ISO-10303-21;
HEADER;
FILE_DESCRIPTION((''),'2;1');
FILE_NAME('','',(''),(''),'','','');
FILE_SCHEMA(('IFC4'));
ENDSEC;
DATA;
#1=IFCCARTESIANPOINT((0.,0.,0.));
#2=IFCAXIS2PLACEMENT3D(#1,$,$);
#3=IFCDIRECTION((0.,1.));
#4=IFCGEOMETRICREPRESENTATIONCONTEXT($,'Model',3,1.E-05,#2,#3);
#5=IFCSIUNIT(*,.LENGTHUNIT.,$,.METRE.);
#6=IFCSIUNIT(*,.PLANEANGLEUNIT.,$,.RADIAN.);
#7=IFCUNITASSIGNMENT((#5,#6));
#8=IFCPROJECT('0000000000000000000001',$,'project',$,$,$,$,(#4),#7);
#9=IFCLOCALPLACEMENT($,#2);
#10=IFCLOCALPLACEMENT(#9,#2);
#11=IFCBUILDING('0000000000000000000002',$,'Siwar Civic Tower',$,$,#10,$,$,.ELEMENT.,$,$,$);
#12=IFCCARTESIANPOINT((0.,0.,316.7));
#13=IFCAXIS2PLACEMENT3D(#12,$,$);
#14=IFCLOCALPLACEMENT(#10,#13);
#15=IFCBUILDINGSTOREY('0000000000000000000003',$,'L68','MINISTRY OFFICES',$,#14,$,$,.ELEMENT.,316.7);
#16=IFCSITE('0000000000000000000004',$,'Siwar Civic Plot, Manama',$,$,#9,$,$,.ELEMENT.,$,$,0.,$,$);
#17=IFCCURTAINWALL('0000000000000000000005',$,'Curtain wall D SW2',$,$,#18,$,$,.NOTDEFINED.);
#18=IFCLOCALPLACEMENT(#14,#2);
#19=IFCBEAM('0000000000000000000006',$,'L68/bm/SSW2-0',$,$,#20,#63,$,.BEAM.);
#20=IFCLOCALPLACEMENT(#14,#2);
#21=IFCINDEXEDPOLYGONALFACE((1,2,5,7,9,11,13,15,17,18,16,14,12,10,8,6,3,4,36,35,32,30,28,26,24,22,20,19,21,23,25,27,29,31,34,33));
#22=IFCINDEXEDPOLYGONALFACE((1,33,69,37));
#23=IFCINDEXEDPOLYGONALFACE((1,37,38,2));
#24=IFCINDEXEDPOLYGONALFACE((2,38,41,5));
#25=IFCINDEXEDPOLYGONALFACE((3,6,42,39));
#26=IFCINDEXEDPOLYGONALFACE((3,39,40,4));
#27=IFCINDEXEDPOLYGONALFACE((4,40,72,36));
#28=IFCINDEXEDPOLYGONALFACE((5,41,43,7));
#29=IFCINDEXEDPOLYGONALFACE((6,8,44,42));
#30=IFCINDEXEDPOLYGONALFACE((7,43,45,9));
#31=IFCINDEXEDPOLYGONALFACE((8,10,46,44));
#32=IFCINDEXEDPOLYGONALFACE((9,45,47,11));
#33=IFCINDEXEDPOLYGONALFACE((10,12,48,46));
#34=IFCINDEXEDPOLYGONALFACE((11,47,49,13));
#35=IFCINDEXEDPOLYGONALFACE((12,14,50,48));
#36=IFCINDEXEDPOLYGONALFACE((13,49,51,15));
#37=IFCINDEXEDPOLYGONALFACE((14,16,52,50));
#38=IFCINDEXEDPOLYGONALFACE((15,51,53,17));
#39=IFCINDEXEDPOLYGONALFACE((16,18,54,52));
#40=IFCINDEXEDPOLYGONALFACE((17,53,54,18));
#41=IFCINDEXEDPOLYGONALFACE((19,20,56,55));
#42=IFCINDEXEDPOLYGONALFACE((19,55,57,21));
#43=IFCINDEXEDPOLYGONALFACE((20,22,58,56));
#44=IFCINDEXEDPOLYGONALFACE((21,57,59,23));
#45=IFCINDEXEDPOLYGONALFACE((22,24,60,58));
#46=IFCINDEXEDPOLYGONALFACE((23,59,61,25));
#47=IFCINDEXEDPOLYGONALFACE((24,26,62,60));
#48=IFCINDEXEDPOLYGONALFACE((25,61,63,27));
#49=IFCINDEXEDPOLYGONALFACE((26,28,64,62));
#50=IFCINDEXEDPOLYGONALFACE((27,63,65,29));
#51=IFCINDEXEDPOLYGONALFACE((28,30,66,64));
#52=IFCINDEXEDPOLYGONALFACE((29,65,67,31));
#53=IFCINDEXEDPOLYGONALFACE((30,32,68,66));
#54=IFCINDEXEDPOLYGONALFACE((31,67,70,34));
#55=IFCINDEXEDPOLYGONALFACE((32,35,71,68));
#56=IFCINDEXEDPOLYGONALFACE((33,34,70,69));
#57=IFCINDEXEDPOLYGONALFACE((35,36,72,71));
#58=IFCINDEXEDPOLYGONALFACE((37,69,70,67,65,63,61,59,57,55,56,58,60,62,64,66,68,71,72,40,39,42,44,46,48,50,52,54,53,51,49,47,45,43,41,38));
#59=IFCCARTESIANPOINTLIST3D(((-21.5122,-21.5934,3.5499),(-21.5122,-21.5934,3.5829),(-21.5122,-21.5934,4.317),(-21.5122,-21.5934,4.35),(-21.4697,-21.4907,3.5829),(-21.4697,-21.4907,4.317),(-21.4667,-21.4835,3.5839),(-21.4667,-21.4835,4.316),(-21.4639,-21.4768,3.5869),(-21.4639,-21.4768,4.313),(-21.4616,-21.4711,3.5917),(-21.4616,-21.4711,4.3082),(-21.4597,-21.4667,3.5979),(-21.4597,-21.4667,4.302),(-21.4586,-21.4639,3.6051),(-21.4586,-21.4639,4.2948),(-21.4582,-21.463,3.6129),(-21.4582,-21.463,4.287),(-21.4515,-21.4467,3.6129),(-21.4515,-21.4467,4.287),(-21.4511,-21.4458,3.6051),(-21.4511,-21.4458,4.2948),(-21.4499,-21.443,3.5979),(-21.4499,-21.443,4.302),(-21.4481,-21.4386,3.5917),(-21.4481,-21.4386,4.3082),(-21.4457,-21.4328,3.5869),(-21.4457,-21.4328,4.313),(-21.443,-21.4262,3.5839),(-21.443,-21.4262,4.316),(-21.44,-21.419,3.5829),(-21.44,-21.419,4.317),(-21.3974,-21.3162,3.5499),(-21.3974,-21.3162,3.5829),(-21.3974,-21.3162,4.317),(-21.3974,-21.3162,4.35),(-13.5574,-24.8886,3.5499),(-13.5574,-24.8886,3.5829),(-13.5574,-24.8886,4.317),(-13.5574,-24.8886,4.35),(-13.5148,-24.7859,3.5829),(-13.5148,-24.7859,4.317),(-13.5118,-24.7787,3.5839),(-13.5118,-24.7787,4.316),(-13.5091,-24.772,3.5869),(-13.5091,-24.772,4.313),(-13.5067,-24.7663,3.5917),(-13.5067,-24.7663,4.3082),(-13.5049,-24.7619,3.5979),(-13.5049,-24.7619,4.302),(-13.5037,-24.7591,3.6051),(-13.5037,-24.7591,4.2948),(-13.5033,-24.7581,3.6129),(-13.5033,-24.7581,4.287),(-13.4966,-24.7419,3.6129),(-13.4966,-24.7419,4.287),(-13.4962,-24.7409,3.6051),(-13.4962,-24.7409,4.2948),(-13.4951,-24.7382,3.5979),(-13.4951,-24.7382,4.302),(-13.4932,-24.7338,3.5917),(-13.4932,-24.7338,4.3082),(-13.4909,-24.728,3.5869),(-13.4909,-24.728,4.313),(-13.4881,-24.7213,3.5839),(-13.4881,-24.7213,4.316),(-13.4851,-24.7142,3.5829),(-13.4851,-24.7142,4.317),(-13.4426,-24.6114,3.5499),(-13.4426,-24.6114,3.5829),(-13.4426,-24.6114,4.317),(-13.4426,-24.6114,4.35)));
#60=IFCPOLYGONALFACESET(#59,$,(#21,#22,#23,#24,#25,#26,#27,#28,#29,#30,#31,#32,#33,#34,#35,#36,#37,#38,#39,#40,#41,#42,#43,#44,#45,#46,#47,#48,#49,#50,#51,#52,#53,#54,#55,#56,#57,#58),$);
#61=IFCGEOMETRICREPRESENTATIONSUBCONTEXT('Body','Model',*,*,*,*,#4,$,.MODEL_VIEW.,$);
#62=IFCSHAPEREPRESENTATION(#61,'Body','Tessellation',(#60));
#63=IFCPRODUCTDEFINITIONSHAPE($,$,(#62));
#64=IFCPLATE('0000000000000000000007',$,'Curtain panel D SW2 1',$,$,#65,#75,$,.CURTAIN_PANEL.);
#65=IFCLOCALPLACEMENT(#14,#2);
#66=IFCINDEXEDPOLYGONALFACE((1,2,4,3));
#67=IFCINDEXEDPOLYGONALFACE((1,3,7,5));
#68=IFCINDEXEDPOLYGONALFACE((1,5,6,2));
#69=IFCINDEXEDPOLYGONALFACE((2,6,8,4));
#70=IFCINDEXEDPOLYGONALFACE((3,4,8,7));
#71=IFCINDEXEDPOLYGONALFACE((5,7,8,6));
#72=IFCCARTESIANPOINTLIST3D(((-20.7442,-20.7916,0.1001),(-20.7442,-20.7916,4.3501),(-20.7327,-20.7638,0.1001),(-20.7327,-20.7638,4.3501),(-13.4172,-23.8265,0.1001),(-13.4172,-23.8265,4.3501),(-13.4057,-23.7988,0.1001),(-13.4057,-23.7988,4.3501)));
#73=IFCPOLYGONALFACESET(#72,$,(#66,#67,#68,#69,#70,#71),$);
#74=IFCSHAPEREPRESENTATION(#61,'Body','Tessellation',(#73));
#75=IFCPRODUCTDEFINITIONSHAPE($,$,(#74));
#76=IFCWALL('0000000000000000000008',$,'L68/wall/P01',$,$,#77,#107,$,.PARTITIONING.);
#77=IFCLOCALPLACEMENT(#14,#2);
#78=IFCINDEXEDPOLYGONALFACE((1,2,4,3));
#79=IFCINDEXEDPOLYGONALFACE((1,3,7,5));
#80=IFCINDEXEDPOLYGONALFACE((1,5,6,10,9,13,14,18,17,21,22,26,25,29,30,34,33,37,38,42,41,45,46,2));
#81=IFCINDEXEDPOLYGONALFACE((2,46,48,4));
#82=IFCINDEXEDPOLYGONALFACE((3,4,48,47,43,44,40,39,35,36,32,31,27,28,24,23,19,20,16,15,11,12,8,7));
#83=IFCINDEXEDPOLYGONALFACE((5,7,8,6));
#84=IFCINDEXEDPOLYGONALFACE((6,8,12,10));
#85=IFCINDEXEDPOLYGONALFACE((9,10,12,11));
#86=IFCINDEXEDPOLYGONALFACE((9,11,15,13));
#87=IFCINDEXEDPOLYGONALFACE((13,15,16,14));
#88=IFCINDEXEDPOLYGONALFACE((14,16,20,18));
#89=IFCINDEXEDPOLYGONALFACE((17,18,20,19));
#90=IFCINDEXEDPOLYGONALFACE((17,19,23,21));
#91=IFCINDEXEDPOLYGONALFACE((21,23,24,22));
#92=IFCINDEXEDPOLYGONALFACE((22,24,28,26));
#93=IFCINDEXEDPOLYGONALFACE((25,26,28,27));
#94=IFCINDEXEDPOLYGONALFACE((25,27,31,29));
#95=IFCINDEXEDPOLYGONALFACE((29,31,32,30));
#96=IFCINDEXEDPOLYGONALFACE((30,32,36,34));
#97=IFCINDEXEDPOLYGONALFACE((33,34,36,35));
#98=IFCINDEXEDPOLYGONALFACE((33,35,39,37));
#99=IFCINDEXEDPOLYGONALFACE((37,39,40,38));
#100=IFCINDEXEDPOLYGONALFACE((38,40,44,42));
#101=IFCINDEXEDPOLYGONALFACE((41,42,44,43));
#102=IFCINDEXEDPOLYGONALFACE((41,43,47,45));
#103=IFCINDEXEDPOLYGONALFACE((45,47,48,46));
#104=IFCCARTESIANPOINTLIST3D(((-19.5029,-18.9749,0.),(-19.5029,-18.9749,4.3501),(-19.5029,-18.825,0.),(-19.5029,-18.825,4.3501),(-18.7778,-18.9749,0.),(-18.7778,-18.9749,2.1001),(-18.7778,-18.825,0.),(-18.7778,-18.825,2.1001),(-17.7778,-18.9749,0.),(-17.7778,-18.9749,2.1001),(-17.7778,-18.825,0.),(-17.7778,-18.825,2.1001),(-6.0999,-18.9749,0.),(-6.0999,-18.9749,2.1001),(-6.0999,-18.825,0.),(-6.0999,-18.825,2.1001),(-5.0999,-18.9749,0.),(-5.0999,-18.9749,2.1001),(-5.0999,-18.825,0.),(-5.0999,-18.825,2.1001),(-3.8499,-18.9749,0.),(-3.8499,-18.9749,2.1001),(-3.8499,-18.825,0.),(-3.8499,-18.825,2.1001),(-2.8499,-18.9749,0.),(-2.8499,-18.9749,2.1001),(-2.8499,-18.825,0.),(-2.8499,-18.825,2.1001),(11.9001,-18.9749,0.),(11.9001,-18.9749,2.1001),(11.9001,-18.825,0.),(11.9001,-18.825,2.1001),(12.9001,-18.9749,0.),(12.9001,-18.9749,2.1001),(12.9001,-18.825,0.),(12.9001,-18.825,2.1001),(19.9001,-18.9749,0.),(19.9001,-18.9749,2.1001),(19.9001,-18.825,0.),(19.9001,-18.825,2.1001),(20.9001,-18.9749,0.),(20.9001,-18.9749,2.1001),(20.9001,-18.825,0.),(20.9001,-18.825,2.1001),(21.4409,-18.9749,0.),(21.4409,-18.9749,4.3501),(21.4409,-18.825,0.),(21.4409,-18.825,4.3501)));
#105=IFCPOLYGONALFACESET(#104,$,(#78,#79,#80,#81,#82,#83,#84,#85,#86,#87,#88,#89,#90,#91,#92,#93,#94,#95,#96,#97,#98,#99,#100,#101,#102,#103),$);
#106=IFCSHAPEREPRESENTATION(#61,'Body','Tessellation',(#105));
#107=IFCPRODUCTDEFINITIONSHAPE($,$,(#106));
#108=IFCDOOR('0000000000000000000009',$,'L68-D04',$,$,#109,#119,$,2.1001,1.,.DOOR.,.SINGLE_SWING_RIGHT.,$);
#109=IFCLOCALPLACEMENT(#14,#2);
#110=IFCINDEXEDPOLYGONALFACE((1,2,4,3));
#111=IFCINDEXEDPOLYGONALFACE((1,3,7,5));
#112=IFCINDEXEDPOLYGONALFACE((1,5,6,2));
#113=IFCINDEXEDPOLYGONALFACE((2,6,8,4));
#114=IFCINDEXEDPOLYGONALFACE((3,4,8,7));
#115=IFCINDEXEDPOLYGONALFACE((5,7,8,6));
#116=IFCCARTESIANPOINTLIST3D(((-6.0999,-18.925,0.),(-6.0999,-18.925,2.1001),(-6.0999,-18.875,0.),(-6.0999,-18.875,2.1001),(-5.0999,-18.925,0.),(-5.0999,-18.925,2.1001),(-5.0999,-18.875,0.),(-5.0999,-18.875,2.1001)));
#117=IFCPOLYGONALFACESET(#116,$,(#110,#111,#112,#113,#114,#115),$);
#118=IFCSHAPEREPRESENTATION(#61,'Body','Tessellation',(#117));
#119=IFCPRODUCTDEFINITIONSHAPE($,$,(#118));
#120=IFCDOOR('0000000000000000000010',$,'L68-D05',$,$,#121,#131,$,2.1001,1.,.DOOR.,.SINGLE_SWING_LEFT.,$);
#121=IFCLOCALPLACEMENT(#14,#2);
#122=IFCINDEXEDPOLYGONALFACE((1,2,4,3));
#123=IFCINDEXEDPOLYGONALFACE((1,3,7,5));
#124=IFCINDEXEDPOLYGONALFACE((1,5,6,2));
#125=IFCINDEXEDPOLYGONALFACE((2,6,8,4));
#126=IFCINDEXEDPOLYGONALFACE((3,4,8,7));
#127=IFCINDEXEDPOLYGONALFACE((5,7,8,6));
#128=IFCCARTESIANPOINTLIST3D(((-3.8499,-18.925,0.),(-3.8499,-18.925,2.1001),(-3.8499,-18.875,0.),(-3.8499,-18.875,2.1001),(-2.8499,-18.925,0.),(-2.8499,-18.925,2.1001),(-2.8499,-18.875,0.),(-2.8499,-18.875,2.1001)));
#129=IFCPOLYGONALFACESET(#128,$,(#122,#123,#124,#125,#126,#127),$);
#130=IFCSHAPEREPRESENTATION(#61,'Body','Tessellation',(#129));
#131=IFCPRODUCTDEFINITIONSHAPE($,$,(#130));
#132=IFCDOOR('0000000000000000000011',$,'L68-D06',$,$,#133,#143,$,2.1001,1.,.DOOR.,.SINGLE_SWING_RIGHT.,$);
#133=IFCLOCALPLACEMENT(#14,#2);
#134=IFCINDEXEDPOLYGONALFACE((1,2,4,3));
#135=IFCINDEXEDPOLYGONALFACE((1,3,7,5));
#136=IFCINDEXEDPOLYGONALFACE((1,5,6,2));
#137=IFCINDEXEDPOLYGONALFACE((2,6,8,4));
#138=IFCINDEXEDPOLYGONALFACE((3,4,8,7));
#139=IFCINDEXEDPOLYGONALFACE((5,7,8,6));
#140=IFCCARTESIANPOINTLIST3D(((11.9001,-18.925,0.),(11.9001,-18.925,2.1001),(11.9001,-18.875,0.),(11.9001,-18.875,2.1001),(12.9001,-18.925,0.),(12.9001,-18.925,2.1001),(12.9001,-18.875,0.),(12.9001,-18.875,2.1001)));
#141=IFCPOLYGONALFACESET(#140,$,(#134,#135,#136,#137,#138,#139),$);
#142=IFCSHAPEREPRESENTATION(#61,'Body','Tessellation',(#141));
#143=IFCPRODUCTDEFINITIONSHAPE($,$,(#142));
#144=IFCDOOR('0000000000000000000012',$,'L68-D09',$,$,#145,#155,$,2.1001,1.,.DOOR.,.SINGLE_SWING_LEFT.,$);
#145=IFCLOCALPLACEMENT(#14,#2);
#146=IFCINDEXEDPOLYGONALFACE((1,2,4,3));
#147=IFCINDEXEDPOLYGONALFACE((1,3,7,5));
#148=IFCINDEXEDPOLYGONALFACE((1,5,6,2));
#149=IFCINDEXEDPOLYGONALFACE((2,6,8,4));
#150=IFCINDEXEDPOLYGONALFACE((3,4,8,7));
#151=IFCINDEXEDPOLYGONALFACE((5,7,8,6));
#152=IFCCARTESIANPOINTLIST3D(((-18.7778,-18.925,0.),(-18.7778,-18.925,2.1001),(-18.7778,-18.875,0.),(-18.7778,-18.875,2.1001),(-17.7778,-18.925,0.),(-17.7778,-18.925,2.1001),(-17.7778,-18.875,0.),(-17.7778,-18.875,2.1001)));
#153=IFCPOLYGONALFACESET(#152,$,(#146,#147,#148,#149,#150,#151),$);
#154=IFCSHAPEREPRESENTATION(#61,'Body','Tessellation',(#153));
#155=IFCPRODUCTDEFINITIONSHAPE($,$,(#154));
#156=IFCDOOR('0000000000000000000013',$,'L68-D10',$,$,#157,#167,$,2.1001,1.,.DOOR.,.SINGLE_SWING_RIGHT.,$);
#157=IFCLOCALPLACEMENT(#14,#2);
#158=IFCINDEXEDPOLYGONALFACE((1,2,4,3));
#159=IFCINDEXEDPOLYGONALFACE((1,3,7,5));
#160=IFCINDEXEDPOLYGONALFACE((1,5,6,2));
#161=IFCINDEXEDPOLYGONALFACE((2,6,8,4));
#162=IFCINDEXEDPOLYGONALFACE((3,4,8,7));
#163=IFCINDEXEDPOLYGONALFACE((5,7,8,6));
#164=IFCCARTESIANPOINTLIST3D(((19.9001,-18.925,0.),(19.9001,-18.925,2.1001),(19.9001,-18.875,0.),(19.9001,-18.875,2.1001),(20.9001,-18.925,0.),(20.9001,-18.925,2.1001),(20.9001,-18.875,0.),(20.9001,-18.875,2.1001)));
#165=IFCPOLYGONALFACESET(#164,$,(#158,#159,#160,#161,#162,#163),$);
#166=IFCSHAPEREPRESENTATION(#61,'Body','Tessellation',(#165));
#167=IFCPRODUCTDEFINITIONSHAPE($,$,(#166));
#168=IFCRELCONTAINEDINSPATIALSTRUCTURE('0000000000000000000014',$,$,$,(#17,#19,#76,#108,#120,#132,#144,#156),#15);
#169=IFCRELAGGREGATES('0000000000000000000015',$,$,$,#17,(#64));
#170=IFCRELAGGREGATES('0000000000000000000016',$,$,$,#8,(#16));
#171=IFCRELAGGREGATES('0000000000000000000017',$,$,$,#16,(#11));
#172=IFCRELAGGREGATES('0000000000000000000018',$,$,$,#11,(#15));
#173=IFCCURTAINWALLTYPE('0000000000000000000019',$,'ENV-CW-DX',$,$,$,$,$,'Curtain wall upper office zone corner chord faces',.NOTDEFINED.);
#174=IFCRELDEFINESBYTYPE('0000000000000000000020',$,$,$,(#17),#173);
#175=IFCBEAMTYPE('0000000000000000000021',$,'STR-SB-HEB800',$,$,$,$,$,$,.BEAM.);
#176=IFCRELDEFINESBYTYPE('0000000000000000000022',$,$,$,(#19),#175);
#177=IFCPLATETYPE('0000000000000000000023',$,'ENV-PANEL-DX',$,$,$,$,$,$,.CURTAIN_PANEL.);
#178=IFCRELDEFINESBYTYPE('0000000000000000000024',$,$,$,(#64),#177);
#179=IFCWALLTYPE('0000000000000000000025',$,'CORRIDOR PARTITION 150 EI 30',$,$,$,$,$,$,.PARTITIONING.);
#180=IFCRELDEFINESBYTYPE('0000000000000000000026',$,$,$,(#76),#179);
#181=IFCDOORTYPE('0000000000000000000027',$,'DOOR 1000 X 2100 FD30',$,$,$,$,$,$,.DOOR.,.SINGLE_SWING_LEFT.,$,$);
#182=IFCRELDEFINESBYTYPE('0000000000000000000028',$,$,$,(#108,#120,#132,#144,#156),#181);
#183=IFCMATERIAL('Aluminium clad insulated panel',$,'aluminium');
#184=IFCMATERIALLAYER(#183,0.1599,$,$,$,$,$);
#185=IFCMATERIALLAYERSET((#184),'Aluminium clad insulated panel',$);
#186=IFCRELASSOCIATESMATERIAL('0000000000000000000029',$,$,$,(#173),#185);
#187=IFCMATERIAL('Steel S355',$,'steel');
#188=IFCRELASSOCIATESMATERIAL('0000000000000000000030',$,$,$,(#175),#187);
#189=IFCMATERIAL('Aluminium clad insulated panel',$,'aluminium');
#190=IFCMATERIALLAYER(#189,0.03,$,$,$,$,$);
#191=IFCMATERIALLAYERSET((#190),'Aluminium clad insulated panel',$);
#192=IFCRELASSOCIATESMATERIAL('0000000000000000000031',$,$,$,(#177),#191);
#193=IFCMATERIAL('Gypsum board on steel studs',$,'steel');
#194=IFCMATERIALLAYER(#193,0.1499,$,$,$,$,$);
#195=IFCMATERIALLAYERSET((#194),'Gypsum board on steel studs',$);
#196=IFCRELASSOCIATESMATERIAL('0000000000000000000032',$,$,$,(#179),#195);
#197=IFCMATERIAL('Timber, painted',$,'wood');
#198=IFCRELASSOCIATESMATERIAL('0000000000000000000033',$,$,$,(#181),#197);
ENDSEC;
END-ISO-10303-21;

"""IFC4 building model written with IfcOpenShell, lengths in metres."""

from ifc_helpers import new_model, si_unit, direction, frame, frame_2d, origin, origin_2d, place, context, subcontext, project, spatial, rectangle, i_section, extrude, material, layer, layer_set, material_profile, profile_set, type_object, element, fill, aggregate, save


model = new_model("IFC4")

# Units and contexts
model_context = context("Model", 3, precision=1e-05, world=origin(), true_north=direction((0.0, 1.0)))
body_context = subcontext(model_context, "Body", "Model", "MODEL_VIEW")
ifc_project = project(units=[si_unit("LENGTHUNIT", "METRE"), si_unit("PLANEANGLEUNIT", "RADIAN")], contexts=[model_context])

# Site, building, storey
site_placement = place(None, origin())
site = spatial("IfcSite", under=ifc_project, at=site_placement, Name="Siwar Civic Plot, Manama", CompositionType="ELEMENT", RefElevation=0.0)
building_placement = place(site_placement, origin())
building = spatial("IfcBuilding", under=site, at=building_placement, Name="Siwar Civic Tower", CompositionType="ELEMENT")
storey_placement = place(building_placement, frame((0.0, 0.0, 316.7)))
storey = spatial("IfcBuildingStorey", under=building, at=storey_placement, Name="L68", Description="MINISTRY OFFICES", CompositionType="ELEMENT", Elevation=316.7)

# Shared definitions
ifc_material_1 = material(Name="Aluminium clad insulated panel", Category="aluminium")
ifc_layer_1 = layer(ifc_material_1, 0.1599)
ifc_layer_set_1 = layer_set([ifc_layer_1], Name="Aluminium clad insulated panel")
curtain_wall_type = type_object("IfcCurtainWallType", Name="ENV-CW-DX", ElementType="Curtain wall upper office zone corner chord faces", PredefinedType="NOTDEFINED", material=ifc_layer_set_1)

# Curtain wall
curtain_wall_1_placement = place(storey_placement, origin())
curtain_wall_1 = element("IfcCurtainWall", 1, at=curtain_wall_1_placement, inside=storey, type_object=curtain_wall_type, Name="Curtain wall D SW2", PredefinedType="NOTDEFINED")

# Beam
ifc_material_2 = material(Name="Steel S355", Category="steel")
ifc_material_profile_1 = material_profile(ifc_material_2, i_section(OverallWidth=0.3, OverallDepth=0.8, WebThickness=0.0176, FlangeThickness=0.033, FilletRadius=0.03, at=origin_2d()), Name="HEB800")
ifc_profile_set_1 = profile_set([ifc_material_profile_1], Name="Steel S355")
beam_type_1 = type_object("IfcBeamType", Name="STR-SB-HEB800", PredefinedType="BEAM", material=ifc_profile_set_1)
beam_1_placement = place(storey_placement, frame((-21.4548, -21.4548, 3.95), z_axis=(0.923873, -0.3827, 0.0), x_axis=(0.3827, 0.923873, 0.0)))
element("IfcBeam", 2, at=beam_1_placement, inside=storey, type_object=beam_type_1, Name="L68/bm/SSW2-0", PredefinedType="BEAM", context=body_context, shape_type="SweptSolid", body=[
    extrude(i_section(OverallWidth=0.3, OverallDepth=0.8, WebThickness=0.0176, FlangeThickness=0.033, FilletRadius=0.03, at=origin_2d()), origin(), (0.0, 0.0, 1.0), 8.6104),
])

# Plate
ifc_material_3 = material(Name="Aluminium clad insulated panel", Category="aluminium")
ifc_layer_2 = layer(ifc_material_3, 0.03)
ifc_layer_set_2 = layer_set([ifc_layer_2], Name="Aluminium clad insulated panel")
plate_type = type_object("IfcPlateType", Name="ENV-PANEL-DX", PredefinedType="CURTAIN_PANEL", material=ifc_layer_set_2)
plate_placement = place(storey_placement, frame((-17.075, -22.2952, 0.1001), z_axis=(0.0, 0.0, 1.0), x_axis=(0.92388, -0.382683, 0.0)))
plate = element("IfcPlate", 3, at=plate_placement, type_object=plate_type, Name="Curtain panel D SW2 1", PredefinedType="CURTAIN_PANEL", context=body_context, shape_type="SweptSolid", body=[
    extrude(rectangle(XDim=7.9307, YDim=0.03, at=origin_2d()), origin(), (0.0, 0.0, 1.0), 4.25),
])
aggregate(curtain_wall_1, [plate])

# Wall, openings, doors
ifc_material_4 = material(Name="Gypsum board on steel studs", Category="steel")
ifc_layer_3 = layer(ifc_material_4, 0.1499)
ifc_layer_set_3 = layer_set([ifc_layer_3], Name="Gypsum board on steel studs")
wall_type_1 = type_object("IfcWallType", Name="CORRIDOR PARTITION 150 EI 30", PredefinedType="PARTITIONING", material=ifc_layer_set_3)
wall_1_placement = place(storey_placement, frame((-19.5029, -18.8999, 0.0), z_axis=(0.0, 0.0, 1.0), x_axis=(1.0, 0.0, 0.0)))
wall_1 = element("IfcWall", 4, at=wall_1_placement, inside=storey, type_object=wall_type_1, Name="L68/wall/P01", PredefinedType="PARTITIONING", context=body_context, shape_type="SweptSolid", body=[
    extrude(rectangle(XDim=40.9438, YDim=0.1499, at=frame_2d((20.4719, 0.0))), origin(), (0.0, 0.0, 1.0), 4.3501),
])
opening_1_placement = place(wall_1_placement, frame((13.4031, 0.0, 0.0)))
opening_1 = element("IfcOpeningElement", 5, at=opening_1_placement, cuts=wall_1, PredefinedType="OPENING", context=body_context, shape_type="SweptSolid", body=[
    extrude(rectangle(XDim=1.0, YDim=2.1001, at=frame_2d((0.5, 1.05))), frame((0.0, 0.085, 0.0), z_axis=(0.0, -1.0, 0.0), x_axis=(1.0, 0.0, 0.0)), (0.0, 0.0, 1.0), 0.1699),
])
opening_2_placement = place(wall_1_placement, frame((15.6531, 0.0, 0.0)))
opening_2 = element("IfcOpeningElement", 6, at=opening_2_placement, cuts=wall_1, PredefinedType="OPENING", context=body_context, shape_type="SweptSolid", body=[
    extrude(rectangle(XDim=1.0, YDim=2.1001, at=frame_2d((0.5, 1.05))), frame((0.0, 0.085, 0.0), z_axis=(0.0, -1.0, 0.0), x_axis=(1.0, 0.0, 0.0)), (0.0, 0.0, 1.0), 0.1699),
])
opening_3_placement = place(wall_1_placement, frame((31.4031, 0.0, 0.0)))
opening_3 = element("IfcOpeningElement", 7, at=opening_3_placement, cuts=wall_1, PredefinedType="OPENING", context=body_context, shape_type="SweptSolid", body=[
    extrude(rectangle(XDim=1.0, YDim=2.1001, at=frame_2d((0.5, 1.05))), frame((0.0, 0.085, 0.0), z_axis=(0.0, -1.0, 0.0), x_axis=(1.0, 0.0, 0.0)), (0.0, 0.0, 1.0), 0.1699),
])
opening_4_placement = place(wall_1_placement, frame((0.7251, 0.0, 0.0)))
opening_4 = element("IfcOpeningElement", 8, at=opening_4_placement, cuts=wall_1, PredefinedType="OPENING", context=body_context, shape_type="SweptSolid", body=[
    extrude(rectangle(XDim=1.0, YDim=2.1001, at=frame_2d((0.5, 1.05))), frame((0.0, 0.085, 0.0), z_axis=(0.0, -1.0, 0.0), x_axis=(1.0, 0.0, 0.0)), (0.0, 0.0, 1.0), 0.1699),
])
opening_5_placement = place(wall_1_placement, frame((39.4031, 0.0, 0.0)))
opening_5 = element("IfcOpeningElement", 9, at=opening_5_placement, cuts=wall_1, PredefinedType="OPENING", context=body_context, shape_type="SweptSolid", body=[
    extrude(rectangle(XDim=1.0, YDim=2.1001, at=frame_2d((0.5, 1.05))), frame((0.0, 0.085, 0.0), z_axis=(0.0, -1.0, 0.0), x_axis=(1.0, 0.0, 0.0)), (0.0, 0.0, 1.0), 0.1699),
])
ifc_material_5 = material(Name="Timber, painted", Category="wood")
door_type_1 = type_object("IfcDoorType", Name="DOOR 1000 X 2100 FD30", OperationType="SINGLE_SWING_LEFT", PredefinedType="DOOR", material=ifc_material_5)
door_1_placement = place(opening_1_placement, origin())
door_1 = element("IfcDoor", 10, at=door_1_placement, inside=storey, type_object=door_type_1, Name="L68-D04", OperationType="SINGLE_SWING_RIGHT", OverallHeight=2.1001, OverallWidth=1.0, PredefinedType="DOOR", context=body_context, shape_type="SweptSolid", body=[
    extrude(rectangle(XDim=1.0, YDim=2.1001, at=frame_2d((0.5, 1.05))), frame((0.0, 0.0249, 0.0), z_axis=(0.0, -1.0, 0.0), x_axis=(1.0, 0.0, 0.0)), (0.0, 0.0, 1.0), 0.05),
])
fill(opening_1, door_1)
door_2_placement = place(opening_2_placement, origin())
door_2 = element("IfcDoor", 11, at=door_2_placement, inside=storey, type_object=door_type_1, Name="L68-D05", OperationType="SINGLE_SWING_LEFT", OverallHeight=2.1001, OverallWidth=1.0, PredefinedType="DOOR", context=body_context, shape_type="SweptSolid", body=[
    extrude(rectangle(XDim=1.0, YDim=2.1001, at=frame_2d((0.5, 1.05))), frame((0.0, 0.0249, 0.0), z_axis=(0.0, -1.0, 0.0), x_axis=(1.0, 0.0, 0.0)), (0.0, 0.0, 1.0), 0.05),
])
fill(opening_2, door_2)
door_3_placement = place(opening_3_placement, origin())
door_3 = element("IfcDoor", 12, at=door_3_placement, inside=storey, type_object=door_type_1, Name="L68-D06", OperationType="SINGLE_SWING_RIGHT", OverallHeight=2.1001, OverallWidth=1.0, PredefinedType="DOOR", context=body_context, shape_type="SweptSolid", body=[
    extrude(rectangle(XDim=1.0, YDim=2.1001, at=frame_2d((0.5, 1.05))), frame((0.0, 0.0249, 0.0), z_axis=(0.0, -1.0, 0.0), x_axis=(1.0, 0.0, 0.0)), (0.0, 0.0, 1.0), 0.05),
])
fill(opening_3, door_3)
door_4_placement = place(opening_4_placement, origin())
door_4 = element("IfcDoor", 13, at=door_4_placement, inside=storey, type_object=door_type_1, Name="L68-D09", OperationType="SINGLE_SWING_LEFT", OverallHeight=2.1001, OverallWidth=1.0, PredefinedType="DOOR", context=body_context, shape_type="SweptSolid", body=[
    extrude(rectangle(XDim=1.0, YDim=2.1001, at=frame_2d((0.5, 1.05))), frame((0.0, 0.0249, 0.0), z_axis=(0.0, -1.0, 0.0), x_axis=(1.0, 0.0, 0.0)), (0.0, 0.0, 1.0), 0.05),
])
fill(opening_4, door_4)
door_5_placement = place(opening_5_placement, origin())
door_5 = element("IfcDoor", 14, at=door_5_placement, inside=storey, type_object=door_type_1, Name="L68-D10", OperationType="SINGLE_SWING_RIGHT", OverallHeight=2.1001, OverallWidth=1.0, PredefinedType="DOOR", context=body_context, shape_type="SweptSolid", body=[
    extrude(rectangle(XDim=1.0, YDim=2.1001, at=frame_2d((0.5, 1.05))), frame((0.0, 0.0249, 0.0), z_axis=(0.0, -1.0, 0.0), x_axis=(1.0, 0.0, 0.0)), (0.0, 0.0, 1.0), 0.05),
])
fill(opening_5, door_5)

save(model, "model.ifc")
